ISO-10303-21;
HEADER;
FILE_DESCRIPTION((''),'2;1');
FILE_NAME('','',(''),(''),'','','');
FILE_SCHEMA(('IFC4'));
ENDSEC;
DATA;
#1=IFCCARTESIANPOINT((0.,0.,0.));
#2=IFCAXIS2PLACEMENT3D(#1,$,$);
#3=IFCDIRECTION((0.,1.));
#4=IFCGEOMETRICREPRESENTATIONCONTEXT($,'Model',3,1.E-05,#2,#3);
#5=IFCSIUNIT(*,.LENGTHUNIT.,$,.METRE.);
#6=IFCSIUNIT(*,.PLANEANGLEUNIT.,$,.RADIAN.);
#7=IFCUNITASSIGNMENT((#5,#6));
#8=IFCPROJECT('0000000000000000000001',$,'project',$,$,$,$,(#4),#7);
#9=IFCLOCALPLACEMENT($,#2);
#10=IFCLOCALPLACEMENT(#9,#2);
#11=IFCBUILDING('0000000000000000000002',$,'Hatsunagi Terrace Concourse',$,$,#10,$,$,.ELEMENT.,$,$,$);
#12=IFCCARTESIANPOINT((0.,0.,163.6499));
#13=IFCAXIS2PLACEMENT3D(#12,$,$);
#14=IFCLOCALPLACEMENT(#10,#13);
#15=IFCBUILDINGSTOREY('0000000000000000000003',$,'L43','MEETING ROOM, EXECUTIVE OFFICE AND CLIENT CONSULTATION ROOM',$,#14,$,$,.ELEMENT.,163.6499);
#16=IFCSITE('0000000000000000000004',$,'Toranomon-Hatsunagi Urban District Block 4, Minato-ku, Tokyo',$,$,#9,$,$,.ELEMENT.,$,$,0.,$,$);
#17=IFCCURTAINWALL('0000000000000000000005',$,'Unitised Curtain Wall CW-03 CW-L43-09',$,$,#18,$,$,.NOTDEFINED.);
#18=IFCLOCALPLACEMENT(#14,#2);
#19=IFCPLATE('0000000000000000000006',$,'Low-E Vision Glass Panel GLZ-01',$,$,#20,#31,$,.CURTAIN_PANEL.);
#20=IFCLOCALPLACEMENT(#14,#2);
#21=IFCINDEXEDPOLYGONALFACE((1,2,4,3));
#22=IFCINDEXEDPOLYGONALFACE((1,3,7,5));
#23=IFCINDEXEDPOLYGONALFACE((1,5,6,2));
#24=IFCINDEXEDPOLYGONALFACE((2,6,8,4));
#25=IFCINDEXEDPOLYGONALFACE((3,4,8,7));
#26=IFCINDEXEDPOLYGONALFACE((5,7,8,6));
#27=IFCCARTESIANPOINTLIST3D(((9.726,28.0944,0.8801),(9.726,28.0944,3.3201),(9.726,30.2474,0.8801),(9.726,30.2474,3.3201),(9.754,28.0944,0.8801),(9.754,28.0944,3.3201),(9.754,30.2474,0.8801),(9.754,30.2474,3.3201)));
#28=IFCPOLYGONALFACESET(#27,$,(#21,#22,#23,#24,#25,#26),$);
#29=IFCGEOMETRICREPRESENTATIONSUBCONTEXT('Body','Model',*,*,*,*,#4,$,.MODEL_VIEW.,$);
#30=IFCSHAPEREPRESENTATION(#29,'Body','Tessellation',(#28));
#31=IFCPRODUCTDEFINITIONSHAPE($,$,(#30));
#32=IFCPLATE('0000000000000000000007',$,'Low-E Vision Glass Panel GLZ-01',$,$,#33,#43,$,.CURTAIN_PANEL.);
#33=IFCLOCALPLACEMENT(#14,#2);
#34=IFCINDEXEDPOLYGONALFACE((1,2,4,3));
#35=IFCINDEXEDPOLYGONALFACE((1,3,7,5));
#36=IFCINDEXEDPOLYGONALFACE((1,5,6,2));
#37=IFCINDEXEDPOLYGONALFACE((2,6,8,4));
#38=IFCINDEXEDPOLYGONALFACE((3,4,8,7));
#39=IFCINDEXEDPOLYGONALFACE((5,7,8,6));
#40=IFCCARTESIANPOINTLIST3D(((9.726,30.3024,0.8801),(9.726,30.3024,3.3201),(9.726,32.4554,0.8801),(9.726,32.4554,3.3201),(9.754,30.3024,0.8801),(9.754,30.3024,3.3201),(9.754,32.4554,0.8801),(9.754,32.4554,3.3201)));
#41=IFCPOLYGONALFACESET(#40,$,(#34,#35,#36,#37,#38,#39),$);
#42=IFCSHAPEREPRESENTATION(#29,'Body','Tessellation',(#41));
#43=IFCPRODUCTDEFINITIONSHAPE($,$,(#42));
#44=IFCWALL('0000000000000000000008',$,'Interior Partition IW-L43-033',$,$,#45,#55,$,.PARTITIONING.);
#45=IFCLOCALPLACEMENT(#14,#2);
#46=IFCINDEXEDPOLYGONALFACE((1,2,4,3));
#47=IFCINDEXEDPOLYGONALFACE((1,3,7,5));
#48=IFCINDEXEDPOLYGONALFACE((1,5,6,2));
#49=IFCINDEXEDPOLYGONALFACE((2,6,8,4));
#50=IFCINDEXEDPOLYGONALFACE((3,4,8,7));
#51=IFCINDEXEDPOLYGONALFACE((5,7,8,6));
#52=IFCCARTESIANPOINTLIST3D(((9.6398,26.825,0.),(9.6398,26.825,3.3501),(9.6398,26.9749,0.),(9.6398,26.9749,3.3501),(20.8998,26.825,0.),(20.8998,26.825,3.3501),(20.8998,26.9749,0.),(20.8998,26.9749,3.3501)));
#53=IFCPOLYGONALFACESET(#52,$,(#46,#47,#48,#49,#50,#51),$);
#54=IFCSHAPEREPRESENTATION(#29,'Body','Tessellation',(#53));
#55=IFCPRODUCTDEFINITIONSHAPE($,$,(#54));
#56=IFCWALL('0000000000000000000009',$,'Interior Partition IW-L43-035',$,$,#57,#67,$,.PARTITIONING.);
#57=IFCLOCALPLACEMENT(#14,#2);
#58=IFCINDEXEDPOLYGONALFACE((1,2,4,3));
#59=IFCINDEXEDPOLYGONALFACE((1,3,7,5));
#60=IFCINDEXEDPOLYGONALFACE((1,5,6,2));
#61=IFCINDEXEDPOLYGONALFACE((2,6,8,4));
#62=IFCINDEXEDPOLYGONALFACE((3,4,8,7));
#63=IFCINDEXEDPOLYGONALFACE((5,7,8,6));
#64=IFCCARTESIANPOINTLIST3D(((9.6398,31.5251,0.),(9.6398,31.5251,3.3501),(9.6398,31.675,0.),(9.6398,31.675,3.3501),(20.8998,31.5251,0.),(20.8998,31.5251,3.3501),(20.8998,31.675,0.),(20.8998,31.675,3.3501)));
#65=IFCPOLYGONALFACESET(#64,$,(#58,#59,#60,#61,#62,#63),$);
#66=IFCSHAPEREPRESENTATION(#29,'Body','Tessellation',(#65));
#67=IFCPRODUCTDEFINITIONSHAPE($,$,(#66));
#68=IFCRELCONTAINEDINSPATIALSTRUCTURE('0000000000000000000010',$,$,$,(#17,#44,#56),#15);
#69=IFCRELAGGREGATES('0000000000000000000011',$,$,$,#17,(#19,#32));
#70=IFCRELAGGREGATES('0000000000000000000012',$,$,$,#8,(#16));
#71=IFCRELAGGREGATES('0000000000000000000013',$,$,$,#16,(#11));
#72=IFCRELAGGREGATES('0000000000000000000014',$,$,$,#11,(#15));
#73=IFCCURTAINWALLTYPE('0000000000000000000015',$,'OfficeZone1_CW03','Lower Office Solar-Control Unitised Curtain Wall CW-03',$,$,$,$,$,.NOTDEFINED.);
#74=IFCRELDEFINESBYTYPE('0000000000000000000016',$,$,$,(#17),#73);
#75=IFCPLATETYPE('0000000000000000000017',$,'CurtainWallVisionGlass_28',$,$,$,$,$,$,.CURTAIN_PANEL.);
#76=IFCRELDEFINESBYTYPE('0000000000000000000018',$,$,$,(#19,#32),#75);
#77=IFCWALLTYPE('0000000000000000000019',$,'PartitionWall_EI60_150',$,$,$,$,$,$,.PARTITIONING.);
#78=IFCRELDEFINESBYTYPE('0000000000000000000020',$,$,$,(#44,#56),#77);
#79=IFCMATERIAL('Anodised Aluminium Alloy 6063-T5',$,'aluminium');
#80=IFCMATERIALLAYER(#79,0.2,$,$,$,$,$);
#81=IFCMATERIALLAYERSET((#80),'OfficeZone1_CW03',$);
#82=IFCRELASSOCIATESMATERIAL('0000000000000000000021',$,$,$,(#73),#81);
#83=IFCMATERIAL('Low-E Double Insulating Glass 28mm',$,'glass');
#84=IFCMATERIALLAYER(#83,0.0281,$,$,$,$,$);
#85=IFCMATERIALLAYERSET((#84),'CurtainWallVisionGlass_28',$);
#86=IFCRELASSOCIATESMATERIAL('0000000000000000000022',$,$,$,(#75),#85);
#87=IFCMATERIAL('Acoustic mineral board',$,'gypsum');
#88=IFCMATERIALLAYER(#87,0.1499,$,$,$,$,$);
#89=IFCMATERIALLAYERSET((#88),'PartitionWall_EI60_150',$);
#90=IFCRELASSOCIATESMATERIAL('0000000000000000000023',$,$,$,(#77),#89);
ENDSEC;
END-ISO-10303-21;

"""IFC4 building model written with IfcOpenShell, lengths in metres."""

from ifc_helpers import new_model, si_unit, direction, frame, frame_2d, origin, origin_2d, place, context, subcontext, project, spatial, rectangle, extrude, material, layer, layer_set, type_object, element, aggregate, save


model = new_model("IFC4")

# Units and contexts
model_context = context("Model", 3, precision=1e-05, world=origin(), true_north=direction((0.0, 1.0)))
body_context = subcontext(model_context, "Body", "Model", "MODEL_VIEW")
ifc_project = project(units=[si_unit("LENGTHUNIT", "METRE"), si_unit("PLANEANGLEUNIT", "RADIAN")], contexts=[model_context])

# Site, building, storey
site_placement = place(None, origin())
site = spatial("IfcSite", under=ifc_project, at=site_placement, Name="Toranomon-Hatsunagi Urban District Block 4, Minato-ku, Tokyo", CompositionType="ELEMENT", RefElevation=0.0)
building_placement = place(site_placement, origin())
building = spatial("IfcBuilding", under=site, at=building_placement, Name="Hatsunagi Terrace Concourse", CompositionType="ELEMENT")
storey_placement = place(building_placement, frame((0.0, 0.0, 163.6499)))
storey = spatial("IfcBuildingStorey", under=building, at=storey_placement, Name="L43", Description="MEETING ROOM, EXECUTIVE OFFICE AND CLIENT CONSULTATION ROOM", CompositionType="ELEMENT", Elevation=163.6499)

# Curtain wall
ifc_material_1 = material(Name="Anodised Aluminium Alloy 6063-T5", Category="aluminium")
ifc_layer_1 = layer(ifc_material_1, 0.2)
ifc_layer_set_1 = layer_set([ifc_layer_1], Name="OfficeZone1_CW03")
curtain_wall_type = type_object("IfcCurtainWallType", Name="OfficeZone1_CW03", Description="Lower Office Solar-Control Unitised Curtain Wall CW-03", PredefinedType="NOTDEFINED", material=ifc_layer_set_1)
curtain_wall_placement = place(storey_placement, origin())
curtain_wall = element("IfcCurtainWall", 1, at=curtain_wall_placement, inside=storey, type_object=curtain_wall_type, Name="Unitised Curtain Wall CW-03 CW-L43-09", PredefinedType="NOTDEFINED")

# Plates
ifc_material_2 = material(Name="Low-E Double Insulating Glass 28mm", Category="glass")
ifc_layer_2 = layer(ifc_material_2, 0.0281)
ifc_layer_set_2 = layer_set([ifc_layer_2], Name="CurtainWallVisionGlass_28")
plate_type_1 = type_object("IfcPlateType", Name="CurtainWallVisionGlass_28", PredefinedType="CURTAIN_PANEL", material=ifc_layer_set_2)
plate_1_placement = place(storey_placement, frame((9.74, 29.1709, 0.8801), z_axis=(0.0, 0.0, 1.0), x_axis=(0.0, 1.0, 0.0)))
plate_1 = element("IfcPlate", 2, at=plate_1_placement, type_object=plate_type_1, Name="Low-E Vision Glass Panel GLZ-01", PredefinedType="CURTAIN_PANEL", context=body_context, shape_type="SweptSolid", body=[
    extrude(rectangle(XDim=2.1531, YDim=0.0281, at=origin_2d()), origin(), (0.0, 0.0, 1.0), 2.4399),
])
plate_2_placement = place(storey_placement, frame((9.74, 31.3789, 0.8801), z_axis=(0.0, 0.0, 1.0), x_axis=(0.0, 1.0, 0.0)))
plate_2 = element("IfcPlate", 3, at=plate_2_placement, type_object=plate_type_1, Name="Low-E Vision Glass Panel GLZ-01", PredefinedType="CURTAIN_PANEL", context=body_context, shape_type="SweptSolid", body=[
    extrude(rectangle(XDim=2.1531, YDim=0.0281, at=origin_2d()), origin(), (0.0, 0.0, 1.0), 2.4399),
])
aggregate(curtain_wall, [plate_1, plate_2])

# Walls
ifc_material_3 = material(Name="Acoustic mineral board", Category="gypsum")
ifc_layer_3 = layer(ifc_material_3, 0.1499)
ifc_layer_set_3 = layer_set([ifc_layer_3], Name="PartitionWall_EI60_150")
wall_type = type_object("IfcWallType", Name="PartitionWall_EI60_150", PredefinedType="PARTITIONING", material=ifc_layer_set_3)
for number, where, z_axis, x_axis, name in (
    (4, (9.6399, 26.8999, 0.0), (0.0, 0.0, 1.0), (1.0, 0.0, 0.0), "Interior Partition IW-L43-033"),
    (5, (9.6399, 31.6001, 0.0), (0.0, 0.0, 1.0), (1.0, 0.0, 0.0), "Interior Partition IW-L43-035"),
):
    element("IfcWall", number, at=place(storey_placement, frame(where, z_axis=z_axis, x_axis=x_axis)), inside=storey, type_object=wall_type, Name=name, PredefinedType="PARTITIONING", context=body_context, shape_type="SweptSolid", body=[
        extrude(rectangle(XDim=11.26, YDim=0.1499, at=frame_2d((5.6299, 0.0))), origin(), (0.0, 0.0, 1.0), 3.3501),
    ])

save(model, "model.ifc")
